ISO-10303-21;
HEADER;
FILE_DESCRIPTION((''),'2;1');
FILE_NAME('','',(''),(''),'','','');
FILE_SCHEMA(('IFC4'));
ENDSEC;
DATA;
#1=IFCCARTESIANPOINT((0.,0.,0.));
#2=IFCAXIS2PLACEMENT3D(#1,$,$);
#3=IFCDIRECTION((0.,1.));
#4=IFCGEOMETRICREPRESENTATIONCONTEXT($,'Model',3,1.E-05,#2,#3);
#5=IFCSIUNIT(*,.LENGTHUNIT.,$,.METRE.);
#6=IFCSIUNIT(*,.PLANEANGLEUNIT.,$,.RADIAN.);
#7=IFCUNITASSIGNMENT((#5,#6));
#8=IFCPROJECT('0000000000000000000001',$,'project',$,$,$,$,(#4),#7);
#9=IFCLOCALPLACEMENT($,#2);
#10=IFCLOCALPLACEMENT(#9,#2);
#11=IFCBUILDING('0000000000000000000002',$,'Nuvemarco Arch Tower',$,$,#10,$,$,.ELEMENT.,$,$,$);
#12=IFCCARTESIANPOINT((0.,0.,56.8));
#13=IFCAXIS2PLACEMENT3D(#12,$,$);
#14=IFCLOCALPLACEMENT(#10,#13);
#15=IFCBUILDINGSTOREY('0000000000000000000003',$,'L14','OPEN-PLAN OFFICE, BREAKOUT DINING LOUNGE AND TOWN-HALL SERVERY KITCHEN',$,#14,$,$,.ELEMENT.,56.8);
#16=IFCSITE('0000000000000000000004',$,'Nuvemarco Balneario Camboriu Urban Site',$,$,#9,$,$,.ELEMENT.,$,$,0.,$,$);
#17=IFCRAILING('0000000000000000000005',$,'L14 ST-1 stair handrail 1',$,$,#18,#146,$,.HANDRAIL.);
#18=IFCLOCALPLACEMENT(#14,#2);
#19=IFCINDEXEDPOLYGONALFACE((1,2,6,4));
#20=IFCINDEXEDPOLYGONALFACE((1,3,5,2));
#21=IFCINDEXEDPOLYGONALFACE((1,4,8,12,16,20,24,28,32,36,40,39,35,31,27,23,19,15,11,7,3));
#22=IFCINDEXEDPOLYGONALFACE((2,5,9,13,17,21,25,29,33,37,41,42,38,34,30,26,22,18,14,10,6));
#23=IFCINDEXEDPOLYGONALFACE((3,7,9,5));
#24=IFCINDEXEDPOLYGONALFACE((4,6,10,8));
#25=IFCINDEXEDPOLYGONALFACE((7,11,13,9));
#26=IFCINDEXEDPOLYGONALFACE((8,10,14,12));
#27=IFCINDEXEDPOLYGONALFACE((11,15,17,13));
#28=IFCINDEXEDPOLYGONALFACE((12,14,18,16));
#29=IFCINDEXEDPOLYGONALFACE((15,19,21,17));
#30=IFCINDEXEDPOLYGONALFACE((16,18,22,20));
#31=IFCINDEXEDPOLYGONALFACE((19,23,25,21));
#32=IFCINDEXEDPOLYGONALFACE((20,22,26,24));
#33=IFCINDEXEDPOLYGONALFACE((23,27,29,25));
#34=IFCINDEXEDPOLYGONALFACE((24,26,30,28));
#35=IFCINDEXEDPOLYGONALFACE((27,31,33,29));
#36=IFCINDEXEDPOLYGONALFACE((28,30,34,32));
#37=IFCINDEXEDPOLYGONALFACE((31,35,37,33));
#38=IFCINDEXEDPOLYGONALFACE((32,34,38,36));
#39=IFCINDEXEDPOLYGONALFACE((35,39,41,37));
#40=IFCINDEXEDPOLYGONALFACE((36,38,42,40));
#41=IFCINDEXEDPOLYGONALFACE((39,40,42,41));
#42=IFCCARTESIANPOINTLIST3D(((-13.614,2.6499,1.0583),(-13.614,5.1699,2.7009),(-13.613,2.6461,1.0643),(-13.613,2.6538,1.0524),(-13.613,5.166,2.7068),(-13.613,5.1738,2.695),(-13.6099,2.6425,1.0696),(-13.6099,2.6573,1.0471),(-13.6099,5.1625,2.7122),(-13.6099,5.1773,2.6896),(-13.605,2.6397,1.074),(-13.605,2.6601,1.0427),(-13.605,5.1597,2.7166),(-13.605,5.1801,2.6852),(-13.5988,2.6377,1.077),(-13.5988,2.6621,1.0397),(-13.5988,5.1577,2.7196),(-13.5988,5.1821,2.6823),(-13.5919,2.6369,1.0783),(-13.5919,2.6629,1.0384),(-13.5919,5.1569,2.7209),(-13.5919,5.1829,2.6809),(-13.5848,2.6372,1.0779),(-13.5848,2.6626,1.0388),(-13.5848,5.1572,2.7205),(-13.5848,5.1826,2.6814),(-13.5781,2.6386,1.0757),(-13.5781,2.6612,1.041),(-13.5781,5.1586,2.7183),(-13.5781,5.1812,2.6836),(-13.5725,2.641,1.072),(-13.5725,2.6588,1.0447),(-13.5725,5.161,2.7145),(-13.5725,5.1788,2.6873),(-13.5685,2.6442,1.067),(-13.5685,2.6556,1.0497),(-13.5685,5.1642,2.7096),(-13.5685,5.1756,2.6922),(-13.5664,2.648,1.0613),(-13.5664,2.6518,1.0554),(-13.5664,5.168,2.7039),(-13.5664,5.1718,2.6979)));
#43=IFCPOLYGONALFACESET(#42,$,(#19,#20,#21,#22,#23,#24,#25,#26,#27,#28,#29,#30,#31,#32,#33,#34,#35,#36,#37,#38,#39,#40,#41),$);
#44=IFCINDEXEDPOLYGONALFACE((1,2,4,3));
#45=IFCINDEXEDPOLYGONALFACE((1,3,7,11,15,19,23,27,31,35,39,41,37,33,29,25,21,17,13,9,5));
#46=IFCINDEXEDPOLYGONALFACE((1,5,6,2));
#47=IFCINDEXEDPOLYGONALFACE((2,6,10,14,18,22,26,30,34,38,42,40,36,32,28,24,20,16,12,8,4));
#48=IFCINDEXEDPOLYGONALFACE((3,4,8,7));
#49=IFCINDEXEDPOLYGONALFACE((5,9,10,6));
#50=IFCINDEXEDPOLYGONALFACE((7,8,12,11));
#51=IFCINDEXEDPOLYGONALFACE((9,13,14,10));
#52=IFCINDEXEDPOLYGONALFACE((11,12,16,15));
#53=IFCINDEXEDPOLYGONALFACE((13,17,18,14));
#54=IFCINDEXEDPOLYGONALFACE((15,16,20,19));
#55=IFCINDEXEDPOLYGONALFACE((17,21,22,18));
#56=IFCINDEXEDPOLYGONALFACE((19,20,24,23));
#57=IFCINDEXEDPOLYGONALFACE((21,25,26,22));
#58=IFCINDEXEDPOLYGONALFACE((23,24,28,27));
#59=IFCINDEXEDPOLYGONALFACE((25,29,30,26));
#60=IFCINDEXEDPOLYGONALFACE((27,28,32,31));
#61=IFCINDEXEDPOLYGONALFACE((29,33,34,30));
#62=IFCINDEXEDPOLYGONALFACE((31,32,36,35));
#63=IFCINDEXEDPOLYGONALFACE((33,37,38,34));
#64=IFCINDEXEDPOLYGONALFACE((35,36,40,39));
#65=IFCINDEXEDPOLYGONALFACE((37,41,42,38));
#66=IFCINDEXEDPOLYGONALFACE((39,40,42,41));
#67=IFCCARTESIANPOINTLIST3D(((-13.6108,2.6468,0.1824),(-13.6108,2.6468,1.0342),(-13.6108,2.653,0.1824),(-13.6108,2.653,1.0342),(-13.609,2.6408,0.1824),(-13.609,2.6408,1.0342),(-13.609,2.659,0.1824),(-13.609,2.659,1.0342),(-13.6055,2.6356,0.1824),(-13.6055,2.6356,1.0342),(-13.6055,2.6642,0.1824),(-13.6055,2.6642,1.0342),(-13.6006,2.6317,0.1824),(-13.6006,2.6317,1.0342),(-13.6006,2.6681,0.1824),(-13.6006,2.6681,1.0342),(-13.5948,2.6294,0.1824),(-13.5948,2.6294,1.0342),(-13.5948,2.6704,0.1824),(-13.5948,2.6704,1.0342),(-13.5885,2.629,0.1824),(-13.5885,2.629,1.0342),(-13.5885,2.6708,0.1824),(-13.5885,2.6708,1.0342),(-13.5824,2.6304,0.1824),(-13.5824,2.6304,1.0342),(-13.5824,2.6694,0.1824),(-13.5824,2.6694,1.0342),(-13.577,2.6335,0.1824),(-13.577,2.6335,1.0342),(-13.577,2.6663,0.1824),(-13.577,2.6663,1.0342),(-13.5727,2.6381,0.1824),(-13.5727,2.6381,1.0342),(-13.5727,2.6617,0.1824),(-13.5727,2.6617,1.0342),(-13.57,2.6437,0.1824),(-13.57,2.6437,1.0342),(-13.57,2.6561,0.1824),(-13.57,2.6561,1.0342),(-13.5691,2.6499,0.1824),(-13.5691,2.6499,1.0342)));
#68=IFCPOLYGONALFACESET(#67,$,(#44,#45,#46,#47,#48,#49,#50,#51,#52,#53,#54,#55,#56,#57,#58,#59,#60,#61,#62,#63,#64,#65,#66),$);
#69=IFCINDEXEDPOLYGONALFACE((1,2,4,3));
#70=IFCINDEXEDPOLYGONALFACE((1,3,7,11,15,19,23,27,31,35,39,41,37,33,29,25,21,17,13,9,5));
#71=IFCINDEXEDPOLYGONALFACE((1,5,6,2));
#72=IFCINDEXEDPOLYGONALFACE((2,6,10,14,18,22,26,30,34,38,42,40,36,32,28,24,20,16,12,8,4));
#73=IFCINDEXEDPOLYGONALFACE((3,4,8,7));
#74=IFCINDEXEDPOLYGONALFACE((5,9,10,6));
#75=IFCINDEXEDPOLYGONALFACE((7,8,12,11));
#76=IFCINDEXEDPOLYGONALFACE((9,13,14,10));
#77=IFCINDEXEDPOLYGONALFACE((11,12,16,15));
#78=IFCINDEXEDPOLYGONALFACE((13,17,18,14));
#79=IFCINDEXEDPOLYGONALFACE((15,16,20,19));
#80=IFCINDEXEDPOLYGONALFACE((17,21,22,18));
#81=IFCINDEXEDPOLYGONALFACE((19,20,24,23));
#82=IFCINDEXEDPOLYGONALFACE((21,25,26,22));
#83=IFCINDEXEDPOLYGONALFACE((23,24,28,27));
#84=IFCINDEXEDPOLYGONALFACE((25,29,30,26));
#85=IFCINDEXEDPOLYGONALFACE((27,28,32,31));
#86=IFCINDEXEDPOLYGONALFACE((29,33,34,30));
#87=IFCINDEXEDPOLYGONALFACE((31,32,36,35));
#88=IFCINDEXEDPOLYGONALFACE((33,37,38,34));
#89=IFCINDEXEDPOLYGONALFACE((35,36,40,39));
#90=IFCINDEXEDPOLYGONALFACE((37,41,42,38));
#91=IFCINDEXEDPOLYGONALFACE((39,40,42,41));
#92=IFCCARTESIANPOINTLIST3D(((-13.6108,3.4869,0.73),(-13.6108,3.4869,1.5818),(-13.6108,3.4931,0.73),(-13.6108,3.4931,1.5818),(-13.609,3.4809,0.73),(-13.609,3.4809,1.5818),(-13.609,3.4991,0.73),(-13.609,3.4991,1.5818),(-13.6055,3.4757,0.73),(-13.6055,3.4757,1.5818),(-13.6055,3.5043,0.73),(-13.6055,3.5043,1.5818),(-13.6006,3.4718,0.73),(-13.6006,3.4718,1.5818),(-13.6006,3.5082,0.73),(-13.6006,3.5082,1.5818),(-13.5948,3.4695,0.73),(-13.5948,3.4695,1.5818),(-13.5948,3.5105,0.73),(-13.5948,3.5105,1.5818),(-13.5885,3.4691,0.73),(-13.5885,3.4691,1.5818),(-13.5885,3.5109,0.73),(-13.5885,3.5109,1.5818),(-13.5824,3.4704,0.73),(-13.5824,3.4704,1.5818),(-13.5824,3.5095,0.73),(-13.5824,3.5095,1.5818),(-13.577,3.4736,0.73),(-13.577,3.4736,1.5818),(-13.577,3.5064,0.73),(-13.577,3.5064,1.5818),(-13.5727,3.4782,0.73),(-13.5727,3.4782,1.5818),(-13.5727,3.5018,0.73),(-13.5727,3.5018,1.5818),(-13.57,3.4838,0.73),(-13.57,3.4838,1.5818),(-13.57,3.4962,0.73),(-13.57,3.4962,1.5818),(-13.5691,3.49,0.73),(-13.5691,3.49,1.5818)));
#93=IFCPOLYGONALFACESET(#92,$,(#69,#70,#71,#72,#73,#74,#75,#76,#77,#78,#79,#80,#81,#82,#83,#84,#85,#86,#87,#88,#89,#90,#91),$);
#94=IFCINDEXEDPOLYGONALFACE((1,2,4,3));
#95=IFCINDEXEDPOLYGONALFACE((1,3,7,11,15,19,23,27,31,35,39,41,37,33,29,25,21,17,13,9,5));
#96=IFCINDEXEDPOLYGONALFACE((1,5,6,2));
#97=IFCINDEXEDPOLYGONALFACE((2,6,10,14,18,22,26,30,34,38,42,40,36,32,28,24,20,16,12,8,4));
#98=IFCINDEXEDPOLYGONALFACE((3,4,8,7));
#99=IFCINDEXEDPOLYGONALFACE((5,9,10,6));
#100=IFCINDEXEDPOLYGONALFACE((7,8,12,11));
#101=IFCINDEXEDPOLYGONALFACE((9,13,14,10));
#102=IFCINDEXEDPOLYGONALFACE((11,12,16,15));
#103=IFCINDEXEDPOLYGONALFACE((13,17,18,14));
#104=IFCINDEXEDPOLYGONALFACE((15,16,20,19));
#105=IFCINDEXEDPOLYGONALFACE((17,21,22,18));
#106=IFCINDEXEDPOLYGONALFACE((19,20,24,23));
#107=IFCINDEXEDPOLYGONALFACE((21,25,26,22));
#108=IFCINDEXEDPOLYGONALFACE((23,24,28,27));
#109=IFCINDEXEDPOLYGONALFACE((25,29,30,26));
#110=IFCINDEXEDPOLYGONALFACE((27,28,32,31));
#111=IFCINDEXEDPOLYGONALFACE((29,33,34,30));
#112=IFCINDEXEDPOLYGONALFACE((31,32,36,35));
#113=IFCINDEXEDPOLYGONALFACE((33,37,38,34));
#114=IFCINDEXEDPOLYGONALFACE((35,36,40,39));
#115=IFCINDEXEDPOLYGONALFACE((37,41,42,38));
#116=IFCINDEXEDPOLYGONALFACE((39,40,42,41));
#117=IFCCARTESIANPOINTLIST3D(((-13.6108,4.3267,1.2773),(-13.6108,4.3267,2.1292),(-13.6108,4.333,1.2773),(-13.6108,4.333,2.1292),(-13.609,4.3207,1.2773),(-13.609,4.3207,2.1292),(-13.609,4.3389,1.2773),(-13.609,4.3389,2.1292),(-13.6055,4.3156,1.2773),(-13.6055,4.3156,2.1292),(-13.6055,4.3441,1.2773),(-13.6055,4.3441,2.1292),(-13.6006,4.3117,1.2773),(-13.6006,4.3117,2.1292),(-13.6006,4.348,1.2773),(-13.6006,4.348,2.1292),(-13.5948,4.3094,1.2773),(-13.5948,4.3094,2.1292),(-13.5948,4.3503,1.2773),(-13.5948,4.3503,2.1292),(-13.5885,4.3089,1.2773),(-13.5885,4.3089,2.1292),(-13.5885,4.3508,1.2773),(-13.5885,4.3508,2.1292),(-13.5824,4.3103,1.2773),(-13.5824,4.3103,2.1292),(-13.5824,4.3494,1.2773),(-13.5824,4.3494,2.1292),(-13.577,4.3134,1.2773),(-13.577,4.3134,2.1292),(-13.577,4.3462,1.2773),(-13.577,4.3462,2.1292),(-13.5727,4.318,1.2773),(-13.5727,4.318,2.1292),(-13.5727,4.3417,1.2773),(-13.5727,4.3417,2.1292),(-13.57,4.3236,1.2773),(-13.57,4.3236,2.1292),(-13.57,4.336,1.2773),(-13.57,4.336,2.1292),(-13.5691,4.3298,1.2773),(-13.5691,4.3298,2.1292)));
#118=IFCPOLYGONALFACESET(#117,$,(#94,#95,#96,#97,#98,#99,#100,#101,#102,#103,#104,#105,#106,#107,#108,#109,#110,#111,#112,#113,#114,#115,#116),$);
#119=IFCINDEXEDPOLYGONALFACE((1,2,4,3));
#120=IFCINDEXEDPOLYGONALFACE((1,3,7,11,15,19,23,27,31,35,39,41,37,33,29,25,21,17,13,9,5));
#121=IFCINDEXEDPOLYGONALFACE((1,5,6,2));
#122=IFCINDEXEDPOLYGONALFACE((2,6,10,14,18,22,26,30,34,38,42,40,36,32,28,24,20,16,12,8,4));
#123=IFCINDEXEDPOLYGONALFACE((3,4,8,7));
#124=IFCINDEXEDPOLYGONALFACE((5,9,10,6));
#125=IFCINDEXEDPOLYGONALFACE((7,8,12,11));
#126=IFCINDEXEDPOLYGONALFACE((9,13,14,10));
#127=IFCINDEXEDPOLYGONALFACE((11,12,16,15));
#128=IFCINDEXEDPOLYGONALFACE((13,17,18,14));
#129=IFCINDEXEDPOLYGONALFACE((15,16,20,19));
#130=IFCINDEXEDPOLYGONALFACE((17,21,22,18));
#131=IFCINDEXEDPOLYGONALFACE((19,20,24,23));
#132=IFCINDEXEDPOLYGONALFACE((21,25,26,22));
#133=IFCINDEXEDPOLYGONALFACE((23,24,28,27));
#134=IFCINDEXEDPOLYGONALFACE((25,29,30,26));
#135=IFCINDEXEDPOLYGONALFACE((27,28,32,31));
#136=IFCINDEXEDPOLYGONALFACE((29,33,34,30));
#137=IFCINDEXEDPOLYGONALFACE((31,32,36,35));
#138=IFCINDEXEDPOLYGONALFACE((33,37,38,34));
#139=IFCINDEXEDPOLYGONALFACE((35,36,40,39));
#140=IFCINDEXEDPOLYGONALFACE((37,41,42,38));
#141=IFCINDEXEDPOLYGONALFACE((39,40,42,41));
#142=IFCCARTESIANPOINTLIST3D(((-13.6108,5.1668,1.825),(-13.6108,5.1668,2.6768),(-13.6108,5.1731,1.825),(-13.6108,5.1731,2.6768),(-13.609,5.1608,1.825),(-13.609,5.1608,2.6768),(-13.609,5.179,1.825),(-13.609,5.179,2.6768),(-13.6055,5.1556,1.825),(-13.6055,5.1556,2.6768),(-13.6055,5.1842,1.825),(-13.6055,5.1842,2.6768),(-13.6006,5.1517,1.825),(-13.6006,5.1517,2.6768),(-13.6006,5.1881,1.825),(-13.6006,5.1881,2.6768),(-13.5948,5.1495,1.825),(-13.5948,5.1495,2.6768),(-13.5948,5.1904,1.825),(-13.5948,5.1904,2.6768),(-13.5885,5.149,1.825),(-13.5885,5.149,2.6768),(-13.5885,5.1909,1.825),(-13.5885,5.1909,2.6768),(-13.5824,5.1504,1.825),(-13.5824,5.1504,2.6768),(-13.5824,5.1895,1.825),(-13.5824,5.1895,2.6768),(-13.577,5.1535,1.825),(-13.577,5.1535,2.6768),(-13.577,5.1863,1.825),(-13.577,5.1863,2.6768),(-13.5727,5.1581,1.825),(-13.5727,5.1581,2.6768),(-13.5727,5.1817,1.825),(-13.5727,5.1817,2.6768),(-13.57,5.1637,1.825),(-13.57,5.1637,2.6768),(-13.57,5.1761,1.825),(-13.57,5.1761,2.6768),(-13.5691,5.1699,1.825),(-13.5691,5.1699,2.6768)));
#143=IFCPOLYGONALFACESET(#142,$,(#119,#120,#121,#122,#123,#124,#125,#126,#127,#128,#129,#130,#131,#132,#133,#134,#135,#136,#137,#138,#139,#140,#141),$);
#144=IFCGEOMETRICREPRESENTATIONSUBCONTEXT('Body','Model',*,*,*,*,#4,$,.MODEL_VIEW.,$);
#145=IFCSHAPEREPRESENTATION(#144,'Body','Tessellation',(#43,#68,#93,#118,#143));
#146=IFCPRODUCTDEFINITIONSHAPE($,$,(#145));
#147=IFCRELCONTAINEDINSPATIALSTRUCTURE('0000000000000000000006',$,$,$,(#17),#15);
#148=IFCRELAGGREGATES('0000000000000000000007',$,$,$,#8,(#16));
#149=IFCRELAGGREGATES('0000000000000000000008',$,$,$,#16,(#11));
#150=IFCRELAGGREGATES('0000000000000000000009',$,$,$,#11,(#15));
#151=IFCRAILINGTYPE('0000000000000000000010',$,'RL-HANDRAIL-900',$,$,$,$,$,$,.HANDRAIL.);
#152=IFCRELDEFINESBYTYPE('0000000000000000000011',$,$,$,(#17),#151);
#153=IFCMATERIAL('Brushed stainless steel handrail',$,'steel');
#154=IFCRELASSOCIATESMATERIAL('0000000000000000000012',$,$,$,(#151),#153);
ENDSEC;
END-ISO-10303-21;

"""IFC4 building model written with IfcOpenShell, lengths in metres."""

from ifc_helpers import new_model, si_unit, direction, frame, origin, origin_2d, place, context, subcontext, project, spatial, circle, extrude, material, type_object, element, save


model = new_model("IFC4")

# Units and contexts
model_context = context("Model", 3, precision=1e-05, world=origin(), true_north=direction((0.0, 1.0)))
body_context = subcontext(model_context, "Body", "Model", "MODEL_VIEW")
ifc_project = project(units=[si_unit("LENGTHUNIT", "METRE"), si_unit("PLANEANGLEUNIT", "RADIAN")], contexts=[model_context])

# Site, building, storey
site_placement = place(None, origin())
site = spatial("IfcSite", under=ifc_project, at=site_placement, Name="Nuvemarco Balneario Camboriu Urban Site", CompositionType="ELEMENT", RefElevation=0.0)
building_placement = place(site_placement, origin())
building = spatial("IfcBuilding", under=site, at=building_placement, Name="Nuvemarco Arch Tower", CompositionType="ELEMENT")
storey_placement = place(building_placement, frame((0.0, 0.0, 56.8)))
storey = spatial("IfcBuildingStorey", under=building, at=storey_placement, Name="L14", Description="OPEN-PLAN OFFICE, BREAKOUT DINING LOUNGE AND TOWN-HALL SERVERY KITCHEN", CompositionType="ELEMENT", Elevation=56.8)

# Railing
ifc_material_1 = material(Name="Brushed stainless steel handrail", Category="steel")
railing_type = type_object("IfcRailingType", Name="RL-HANDRAIL-900", PredefinedType="HANDRAIL", material=ifc_material_1)
railing_placement = place(storey_placement, frame((-13.5901, 2.6499, 0.1824)))
element("IfcRailing", 1, at=railing_placement, inside=storey, type_object=railing_type, Name="L14 ST-1 stair handrail 1", PredefinedType="HANDRAIL", context=body_context, shape_type="SweptSolid", body=[
    extrude(circle(Radius=0.0239, at=origin_2d()), frame((0.0, 0.0, 0.876), z_axis=(0.0, 0.837749, 0.546055), x_axis=(-1.0, 0.0, 0.0)), (0.0, 0.0, 1.0), 3.0081),
    extrude(circle(Radius=0.021, at=origin_2d()), origin(), (0.0, 0.0, 1.0), 0.8518),
    extrude(circle(Radius=0.021, at=origin_2d()), frame((0.0, 0.8401, 0.5476)), (0.0, 0.0, 1.0), 0.8518),
    extrude(circle(Radius=0.021, at=origin_2d()), frame((0.0, 1.6799, 1.095)), (0.0, 0.0, 1.0), 0.8518),
    extrude(circle(Radius=0.021, at=origin_2d()), frame((0.0, 2.52, 1.6426)), (0.0, 0.0, 1.0), 0.8518),
])

save(model, "model.ifc")
